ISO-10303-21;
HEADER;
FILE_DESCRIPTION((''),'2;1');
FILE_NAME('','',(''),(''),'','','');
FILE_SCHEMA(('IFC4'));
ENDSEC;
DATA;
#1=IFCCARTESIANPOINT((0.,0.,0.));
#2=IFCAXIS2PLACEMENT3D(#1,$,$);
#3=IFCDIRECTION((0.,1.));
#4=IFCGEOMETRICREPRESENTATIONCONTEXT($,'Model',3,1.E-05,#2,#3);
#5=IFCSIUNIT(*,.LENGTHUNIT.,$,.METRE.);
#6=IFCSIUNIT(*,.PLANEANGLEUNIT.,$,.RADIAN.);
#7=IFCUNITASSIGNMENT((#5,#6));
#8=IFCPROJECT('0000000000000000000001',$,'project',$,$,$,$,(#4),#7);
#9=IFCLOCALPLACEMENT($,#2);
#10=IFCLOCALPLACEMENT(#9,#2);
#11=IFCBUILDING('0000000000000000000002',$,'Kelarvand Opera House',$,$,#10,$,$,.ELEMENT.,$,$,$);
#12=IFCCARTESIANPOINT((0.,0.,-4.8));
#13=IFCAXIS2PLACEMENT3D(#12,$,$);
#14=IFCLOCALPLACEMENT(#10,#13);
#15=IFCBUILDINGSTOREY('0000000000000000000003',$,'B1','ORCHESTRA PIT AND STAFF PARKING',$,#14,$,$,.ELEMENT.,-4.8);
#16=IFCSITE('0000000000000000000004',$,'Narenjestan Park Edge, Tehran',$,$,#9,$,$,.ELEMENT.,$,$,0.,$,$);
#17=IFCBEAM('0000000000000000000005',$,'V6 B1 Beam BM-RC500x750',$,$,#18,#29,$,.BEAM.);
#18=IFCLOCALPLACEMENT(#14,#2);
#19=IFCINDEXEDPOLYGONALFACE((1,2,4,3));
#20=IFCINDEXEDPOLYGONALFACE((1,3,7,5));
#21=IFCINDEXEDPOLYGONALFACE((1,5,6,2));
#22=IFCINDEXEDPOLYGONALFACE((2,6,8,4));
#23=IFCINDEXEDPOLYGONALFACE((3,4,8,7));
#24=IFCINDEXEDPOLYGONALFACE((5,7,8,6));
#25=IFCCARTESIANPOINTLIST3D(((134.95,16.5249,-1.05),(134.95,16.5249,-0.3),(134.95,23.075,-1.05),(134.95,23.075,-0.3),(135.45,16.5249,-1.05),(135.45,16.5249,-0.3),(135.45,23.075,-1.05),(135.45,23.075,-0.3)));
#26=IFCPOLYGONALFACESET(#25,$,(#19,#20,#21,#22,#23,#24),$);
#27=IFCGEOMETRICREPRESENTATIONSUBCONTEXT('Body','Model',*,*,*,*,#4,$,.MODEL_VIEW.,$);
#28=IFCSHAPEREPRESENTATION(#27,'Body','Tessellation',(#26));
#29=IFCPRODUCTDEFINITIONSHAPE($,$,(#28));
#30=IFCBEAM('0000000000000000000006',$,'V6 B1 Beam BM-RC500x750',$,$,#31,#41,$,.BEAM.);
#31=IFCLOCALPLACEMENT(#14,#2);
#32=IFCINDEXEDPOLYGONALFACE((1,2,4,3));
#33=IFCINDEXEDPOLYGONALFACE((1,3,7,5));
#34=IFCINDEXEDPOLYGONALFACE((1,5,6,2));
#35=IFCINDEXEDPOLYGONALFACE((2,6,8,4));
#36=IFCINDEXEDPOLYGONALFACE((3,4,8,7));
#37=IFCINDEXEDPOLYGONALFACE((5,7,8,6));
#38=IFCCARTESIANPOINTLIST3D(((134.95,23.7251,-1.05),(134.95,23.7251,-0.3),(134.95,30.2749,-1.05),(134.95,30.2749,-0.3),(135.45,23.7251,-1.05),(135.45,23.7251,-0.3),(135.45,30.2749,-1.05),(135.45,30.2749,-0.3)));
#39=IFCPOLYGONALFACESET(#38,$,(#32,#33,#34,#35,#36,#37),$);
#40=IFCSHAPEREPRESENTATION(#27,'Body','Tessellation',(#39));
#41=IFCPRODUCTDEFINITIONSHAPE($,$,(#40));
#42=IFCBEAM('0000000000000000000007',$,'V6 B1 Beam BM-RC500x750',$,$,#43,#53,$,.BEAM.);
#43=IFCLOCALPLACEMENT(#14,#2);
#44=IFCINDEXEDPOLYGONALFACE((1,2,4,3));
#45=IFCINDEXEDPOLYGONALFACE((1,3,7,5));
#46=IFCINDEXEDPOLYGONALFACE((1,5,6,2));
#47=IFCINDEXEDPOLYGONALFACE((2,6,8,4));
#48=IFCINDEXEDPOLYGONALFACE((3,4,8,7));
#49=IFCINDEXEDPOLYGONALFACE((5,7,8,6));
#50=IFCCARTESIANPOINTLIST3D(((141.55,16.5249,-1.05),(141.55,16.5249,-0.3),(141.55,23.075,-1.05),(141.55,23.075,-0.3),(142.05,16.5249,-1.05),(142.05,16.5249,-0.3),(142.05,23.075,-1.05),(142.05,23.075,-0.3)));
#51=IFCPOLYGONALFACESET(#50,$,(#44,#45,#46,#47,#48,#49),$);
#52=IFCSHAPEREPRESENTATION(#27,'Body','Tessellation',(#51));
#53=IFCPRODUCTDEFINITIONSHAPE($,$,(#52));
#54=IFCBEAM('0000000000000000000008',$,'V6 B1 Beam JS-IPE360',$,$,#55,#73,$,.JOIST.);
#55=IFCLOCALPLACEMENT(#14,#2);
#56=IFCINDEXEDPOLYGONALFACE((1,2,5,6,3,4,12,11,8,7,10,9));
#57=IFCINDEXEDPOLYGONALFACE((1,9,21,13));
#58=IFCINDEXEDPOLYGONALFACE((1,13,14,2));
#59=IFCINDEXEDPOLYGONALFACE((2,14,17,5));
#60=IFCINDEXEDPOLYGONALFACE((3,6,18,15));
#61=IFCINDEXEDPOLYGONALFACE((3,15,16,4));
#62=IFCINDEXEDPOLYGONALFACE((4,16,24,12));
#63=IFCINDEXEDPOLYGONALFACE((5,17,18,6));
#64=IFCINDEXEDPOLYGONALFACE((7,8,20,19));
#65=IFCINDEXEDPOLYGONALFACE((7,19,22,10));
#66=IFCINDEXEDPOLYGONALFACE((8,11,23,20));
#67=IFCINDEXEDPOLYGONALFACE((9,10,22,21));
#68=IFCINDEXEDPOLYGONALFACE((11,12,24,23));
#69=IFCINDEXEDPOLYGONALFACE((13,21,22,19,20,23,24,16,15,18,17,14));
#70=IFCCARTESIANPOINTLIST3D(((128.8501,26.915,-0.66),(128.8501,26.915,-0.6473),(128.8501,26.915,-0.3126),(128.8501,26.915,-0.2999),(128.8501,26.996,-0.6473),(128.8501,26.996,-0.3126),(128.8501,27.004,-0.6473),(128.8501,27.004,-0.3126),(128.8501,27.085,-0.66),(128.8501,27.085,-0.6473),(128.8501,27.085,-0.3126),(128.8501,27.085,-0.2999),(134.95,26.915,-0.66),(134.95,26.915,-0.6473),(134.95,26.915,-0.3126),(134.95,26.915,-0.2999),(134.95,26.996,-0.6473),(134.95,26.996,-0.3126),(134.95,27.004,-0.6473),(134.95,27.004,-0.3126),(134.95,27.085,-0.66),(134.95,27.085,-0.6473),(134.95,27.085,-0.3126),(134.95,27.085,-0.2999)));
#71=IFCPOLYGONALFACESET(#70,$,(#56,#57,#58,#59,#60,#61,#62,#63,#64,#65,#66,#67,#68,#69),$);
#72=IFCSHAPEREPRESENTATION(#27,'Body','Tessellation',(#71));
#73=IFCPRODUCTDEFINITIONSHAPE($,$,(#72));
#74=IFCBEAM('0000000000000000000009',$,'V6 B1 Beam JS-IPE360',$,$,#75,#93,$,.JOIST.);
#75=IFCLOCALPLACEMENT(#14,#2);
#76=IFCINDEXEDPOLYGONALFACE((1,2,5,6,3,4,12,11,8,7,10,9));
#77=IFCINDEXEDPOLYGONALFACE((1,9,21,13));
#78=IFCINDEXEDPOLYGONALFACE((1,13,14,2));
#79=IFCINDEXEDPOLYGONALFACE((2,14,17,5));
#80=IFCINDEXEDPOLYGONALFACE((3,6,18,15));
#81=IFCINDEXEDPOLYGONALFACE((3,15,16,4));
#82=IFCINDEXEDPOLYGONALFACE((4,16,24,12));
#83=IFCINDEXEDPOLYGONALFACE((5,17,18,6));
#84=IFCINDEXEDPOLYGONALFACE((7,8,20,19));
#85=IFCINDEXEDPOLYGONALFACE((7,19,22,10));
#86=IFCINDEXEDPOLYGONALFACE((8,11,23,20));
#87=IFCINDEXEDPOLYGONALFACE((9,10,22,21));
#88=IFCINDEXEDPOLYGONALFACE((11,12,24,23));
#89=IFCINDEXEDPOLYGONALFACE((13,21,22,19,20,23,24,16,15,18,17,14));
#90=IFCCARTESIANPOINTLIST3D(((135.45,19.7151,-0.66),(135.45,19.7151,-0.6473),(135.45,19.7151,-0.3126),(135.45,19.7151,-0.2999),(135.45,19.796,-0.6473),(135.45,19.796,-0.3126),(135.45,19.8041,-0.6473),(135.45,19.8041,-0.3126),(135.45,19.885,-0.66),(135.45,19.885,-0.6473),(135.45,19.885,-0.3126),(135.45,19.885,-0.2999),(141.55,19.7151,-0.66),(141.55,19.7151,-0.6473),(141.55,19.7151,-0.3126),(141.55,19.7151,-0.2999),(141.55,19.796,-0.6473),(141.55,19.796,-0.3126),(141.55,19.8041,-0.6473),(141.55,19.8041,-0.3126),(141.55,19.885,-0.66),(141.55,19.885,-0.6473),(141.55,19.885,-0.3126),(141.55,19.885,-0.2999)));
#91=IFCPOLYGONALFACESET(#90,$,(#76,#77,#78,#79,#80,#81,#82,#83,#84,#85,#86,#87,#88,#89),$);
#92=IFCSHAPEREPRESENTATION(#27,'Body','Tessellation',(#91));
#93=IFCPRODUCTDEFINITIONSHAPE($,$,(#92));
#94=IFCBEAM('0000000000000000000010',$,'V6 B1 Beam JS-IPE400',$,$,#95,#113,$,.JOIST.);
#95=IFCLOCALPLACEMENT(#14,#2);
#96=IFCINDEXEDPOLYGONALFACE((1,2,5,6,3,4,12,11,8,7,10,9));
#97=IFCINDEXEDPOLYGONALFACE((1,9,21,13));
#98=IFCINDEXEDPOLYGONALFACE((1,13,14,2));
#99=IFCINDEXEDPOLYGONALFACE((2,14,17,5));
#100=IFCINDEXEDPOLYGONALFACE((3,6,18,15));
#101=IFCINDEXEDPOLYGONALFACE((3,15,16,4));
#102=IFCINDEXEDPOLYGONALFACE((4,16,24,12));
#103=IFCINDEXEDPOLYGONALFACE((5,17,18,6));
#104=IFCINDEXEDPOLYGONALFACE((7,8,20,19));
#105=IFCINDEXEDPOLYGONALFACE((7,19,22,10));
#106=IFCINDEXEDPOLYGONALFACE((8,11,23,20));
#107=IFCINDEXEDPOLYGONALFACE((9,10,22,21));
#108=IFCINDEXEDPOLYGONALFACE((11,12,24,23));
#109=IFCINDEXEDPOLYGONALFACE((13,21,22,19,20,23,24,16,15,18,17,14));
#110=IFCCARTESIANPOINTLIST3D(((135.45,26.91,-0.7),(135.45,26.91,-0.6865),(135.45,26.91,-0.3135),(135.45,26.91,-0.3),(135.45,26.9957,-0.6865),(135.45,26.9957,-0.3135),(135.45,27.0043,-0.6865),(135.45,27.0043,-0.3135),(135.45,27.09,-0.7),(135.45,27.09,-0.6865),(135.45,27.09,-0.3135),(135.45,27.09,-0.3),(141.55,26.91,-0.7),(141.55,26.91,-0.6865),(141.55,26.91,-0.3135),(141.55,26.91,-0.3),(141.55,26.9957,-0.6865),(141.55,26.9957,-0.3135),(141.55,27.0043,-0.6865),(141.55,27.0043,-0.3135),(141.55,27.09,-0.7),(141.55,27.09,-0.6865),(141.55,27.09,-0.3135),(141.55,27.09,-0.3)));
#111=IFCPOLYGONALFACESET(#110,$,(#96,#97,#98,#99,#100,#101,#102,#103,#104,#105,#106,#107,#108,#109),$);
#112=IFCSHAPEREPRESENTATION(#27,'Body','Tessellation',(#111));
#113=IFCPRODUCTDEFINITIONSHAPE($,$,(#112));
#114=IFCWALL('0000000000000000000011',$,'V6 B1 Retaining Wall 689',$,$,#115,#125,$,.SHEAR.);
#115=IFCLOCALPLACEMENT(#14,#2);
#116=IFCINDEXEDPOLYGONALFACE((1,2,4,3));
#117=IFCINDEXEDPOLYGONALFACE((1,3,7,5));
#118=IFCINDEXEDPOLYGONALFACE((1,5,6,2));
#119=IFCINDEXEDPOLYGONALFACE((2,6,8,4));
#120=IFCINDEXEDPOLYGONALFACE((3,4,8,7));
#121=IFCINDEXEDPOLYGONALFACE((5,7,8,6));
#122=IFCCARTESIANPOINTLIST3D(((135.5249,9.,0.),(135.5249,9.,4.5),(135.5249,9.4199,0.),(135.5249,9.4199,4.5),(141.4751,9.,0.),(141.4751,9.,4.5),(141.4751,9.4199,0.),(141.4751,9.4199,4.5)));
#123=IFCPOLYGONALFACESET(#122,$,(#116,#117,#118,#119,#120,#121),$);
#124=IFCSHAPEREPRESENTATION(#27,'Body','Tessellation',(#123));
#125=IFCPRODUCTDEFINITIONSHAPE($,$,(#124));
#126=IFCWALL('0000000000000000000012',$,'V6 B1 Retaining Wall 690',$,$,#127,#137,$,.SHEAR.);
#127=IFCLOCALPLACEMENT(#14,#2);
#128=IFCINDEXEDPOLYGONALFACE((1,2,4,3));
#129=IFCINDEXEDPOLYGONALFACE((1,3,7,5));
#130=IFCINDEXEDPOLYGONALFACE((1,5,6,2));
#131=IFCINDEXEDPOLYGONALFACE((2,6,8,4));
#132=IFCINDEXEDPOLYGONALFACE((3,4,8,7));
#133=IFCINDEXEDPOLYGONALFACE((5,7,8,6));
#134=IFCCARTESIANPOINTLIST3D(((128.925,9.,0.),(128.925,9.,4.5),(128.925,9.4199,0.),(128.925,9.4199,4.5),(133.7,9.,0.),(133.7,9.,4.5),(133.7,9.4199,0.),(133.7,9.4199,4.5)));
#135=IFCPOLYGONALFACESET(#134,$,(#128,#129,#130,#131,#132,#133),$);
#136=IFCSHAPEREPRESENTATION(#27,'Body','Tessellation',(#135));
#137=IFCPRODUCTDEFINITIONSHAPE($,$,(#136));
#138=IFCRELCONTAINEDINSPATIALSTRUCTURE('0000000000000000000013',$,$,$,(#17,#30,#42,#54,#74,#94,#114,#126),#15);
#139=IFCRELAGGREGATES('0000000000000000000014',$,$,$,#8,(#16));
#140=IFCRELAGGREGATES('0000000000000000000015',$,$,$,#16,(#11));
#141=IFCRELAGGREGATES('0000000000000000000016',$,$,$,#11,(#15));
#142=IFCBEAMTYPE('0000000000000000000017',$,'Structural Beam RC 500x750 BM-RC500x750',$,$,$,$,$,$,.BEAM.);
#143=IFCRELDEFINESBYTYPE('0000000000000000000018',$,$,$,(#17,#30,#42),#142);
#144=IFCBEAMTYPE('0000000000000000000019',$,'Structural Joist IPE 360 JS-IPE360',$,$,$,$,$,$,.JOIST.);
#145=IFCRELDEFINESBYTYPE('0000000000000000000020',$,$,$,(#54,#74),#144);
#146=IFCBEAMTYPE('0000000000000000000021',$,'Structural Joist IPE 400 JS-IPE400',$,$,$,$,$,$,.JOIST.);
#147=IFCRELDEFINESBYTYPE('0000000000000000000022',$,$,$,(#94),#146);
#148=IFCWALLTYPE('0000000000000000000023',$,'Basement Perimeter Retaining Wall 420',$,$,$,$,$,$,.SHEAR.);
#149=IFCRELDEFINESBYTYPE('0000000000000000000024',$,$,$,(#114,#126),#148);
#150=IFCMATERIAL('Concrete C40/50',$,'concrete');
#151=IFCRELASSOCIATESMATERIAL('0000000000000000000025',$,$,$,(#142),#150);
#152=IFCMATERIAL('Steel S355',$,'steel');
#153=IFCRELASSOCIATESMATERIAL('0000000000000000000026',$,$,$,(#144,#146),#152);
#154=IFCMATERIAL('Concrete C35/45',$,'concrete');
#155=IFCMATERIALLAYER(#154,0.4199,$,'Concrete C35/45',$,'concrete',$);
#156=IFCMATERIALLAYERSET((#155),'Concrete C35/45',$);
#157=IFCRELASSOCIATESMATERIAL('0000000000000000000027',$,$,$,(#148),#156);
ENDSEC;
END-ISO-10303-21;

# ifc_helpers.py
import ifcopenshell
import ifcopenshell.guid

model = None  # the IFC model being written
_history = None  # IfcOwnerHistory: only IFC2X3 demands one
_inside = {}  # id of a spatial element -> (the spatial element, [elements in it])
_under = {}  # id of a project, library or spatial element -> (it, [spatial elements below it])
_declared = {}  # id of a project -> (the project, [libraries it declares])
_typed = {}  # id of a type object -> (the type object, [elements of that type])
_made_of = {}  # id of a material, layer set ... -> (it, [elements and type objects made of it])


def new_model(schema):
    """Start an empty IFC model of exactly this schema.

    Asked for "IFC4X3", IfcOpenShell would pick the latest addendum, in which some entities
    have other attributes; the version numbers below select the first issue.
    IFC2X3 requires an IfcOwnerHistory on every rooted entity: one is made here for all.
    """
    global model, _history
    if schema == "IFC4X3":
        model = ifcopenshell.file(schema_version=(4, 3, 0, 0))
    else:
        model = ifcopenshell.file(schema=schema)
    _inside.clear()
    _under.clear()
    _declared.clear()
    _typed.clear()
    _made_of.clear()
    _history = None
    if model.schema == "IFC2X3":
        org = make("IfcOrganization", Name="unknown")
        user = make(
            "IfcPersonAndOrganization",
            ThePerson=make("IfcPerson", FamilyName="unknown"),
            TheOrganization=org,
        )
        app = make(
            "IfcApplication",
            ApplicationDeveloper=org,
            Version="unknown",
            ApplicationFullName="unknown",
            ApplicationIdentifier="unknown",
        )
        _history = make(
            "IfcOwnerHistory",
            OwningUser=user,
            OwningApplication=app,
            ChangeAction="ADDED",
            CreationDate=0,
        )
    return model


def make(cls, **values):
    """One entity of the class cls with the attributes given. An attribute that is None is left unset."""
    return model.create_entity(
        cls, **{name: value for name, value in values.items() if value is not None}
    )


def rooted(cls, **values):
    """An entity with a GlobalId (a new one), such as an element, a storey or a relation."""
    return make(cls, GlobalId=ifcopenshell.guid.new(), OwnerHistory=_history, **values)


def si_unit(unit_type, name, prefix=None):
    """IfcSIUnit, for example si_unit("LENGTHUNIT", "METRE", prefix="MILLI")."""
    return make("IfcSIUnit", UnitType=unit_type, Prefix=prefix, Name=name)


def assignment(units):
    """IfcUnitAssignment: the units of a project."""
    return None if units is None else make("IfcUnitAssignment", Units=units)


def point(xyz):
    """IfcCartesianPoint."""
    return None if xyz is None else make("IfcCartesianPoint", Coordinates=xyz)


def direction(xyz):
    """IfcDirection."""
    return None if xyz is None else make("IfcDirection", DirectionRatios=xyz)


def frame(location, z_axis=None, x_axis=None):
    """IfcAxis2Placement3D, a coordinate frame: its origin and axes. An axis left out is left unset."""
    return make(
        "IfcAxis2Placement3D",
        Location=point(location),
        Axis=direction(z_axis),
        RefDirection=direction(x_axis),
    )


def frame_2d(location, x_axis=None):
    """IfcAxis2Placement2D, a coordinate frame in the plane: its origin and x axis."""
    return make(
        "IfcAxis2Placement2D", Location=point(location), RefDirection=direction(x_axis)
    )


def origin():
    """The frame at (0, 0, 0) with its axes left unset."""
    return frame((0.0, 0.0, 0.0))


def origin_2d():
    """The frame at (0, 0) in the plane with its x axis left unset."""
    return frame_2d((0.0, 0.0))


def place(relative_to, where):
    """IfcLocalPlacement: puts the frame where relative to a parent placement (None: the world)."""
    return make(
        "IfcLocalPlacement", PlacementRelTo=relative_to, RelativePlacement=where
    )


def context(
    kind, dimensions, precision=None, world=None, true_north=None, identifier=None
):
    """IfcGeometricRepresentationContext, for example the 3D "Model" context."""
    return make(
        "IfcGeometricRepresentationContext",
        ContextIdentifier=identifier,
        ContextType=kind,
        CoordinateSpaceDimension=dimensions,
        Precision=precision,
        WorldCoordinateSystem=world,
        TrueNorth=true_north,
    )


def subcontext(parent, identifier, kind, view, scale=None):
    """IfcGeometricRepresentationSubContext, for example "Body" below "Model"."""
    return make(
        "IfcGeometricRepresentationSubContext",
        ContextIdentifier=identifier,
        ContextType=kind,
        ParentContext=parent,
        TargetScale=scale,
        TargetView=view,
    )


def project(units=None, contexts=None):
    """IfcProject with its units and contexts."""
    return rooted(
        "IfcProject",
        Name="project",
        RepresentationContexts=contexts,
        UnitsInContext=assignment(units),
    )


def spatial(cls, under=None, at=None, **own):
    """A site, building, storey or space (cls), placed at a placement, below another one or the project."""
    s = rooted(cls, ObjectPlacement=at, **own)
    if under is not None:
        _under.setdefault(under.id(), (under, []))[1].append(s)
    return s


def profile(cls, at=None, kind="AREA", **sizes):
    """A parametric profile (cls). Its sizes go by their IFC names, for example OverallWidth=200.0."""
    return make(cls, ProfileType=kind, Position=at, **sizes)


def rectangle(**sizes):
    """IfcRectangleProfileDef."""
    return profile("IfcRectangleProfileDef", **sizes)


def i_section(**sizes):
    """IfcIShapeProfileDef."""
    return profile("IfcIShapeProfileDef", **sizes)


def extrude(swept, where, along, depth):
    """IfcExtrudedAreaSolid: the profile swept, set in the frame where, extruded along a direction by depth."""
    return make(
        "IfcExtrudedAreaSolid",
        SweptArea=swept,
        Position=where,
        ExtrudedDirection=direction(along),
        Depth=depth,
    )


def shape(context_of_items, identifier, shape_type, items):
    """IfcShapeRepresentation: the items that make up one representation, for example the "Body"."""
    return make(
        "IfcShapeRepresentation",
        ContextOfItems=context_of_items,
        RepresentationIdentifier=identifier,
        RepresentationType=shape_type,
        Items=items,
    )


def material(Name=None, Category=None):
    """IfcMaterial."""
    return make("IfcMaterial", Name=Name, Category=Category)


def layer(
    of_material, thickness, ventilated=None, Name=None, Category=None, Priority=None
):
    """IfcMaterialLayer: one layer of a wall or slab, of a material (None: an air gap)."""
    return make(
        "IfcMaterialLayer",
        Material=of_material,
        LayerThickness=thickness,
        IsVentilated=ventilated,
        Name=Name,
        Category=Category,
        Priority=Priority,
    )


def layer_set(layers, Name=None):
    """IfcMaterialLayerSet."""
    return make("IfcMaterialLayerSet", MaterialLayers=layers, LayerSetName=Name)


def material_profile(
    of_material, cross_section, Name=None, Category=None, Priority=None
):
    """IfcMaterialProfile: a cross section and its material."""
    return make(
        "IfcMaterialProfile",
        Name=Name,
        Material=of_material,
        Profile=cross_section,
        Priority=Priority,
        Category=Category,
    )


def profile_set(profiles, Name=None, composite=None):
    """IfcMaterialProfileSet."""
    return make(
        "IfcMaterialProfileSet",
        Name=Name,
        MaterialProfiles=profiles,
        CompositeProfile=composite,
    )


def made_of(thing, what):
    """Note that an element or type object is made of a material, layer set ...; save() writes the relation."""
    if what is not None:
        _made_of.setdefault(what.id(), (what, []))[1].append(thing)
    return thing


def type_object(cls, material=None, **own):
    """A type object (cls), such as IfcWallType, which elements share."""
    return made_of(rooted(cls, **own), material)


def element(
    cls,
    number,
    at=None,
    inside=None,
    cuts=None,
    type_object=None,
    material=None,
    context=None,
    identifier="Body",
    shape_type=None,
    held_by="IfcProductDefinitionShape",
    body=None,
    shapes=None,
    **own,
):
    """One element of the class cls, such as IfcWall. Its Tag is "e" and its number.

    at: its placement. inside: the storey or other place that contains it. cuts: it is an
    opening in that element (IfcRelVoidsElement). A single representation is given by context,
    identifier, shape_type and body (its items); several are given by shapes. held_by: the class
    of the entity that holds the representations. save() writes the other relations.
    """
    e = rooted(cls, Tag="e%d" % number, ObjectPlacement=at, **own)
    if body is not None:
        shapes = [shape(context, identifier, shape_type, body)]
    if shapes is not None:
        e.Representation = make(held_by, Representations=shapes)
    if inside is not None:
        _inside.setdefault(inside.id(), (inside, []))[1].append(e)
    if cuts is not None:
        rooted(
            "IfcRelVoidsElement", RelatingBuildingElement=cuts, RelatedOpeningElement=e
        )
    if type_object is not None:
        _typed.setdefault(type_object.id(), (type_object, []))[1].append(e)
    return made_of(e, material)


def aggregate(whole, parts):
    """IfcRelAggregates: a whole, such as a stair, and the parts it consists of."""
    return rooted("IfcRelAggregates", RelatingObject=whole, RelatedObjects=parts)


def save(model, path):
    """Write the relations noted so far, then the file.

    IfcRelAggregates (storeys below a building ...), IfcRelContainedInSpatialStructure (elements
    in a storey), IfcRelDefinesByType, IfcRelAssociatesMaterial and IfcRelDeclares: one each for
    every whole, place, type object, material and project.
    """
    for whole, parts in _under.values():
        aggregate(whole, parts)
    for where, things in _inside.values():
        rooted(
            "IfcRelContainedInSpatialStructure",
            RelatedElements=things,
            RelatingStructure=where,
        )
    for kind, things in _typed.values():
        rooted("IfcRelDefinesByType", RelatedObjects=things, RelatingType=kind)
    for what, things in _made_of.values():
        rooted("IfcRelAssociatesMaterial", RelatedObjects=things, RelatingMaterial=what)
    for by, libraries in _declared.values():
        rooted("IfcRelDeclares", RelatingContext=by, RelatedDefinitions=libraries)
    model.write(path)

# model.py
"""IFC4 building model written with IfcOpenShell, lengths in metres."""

from ifc_helpers import new_model, si_unit, direction, frame, frame_2d, origin, origin_2d, place, context, subcontext, project, spatial, rectangle, i_section, extrude, material, layer, layer_set, material_profile, profile_set, type_object, element, save


model = new_model("IFC4")

# Units and contexts
model_context = context("Model", 3, precision=1e-05, world=origin(), true_north=direction((0.0, 1.0)))
body_context = subcontext(model_context, "Body", "Model", "MODEL_VIEW")
ifc_project = project(units=[si_unit("LENGTHUNIT", "METRE"), si_unit("PLANEANGLEUNIT", "RADIAN")], contexts=[model_context])

# Site, building, storey
site_placement = place(None, origin())
site = spatial("IfcSite", under=ifc_project, at=site_placement, Name="Narenjestan Park Edge, Tehran", CompositionType="ELEMENT", RefElevation=0.0)
building_placement = place(site_placement, origin())
building = spatial("IfcBuilding", under=site, at=building_placement, Name="Kelarvand Opera House", CompositionType="ELEMENT")
storey_placement = place(building_placement, frame((0.0, 0.0, -4.8)))
storey = spatial("IfcBuildingStorey", under=building, at=storey_placement, Name="B1", Description="ORCHESTRA PIT AND STAFF PARKING", CompositionType="ELEMENT", Elevation=-4.8)

# Shared definitions
ifc_material_1 = material(Name="Concrete C40/50", Category="concrete")

# Beams
ifc_material_2 = material(Name="Concrete C35/45", Category="concrete")
ifc_material_profile_1 = material_profile(ifc_material_1, rectangle(XDim=0.5, YDim=0.75, at=origin_2d()), Name="RC 500x750", Category="concrete")
ifc_profile_set_1 = profile_set([ifc_material_profile_1], Name="Concrete C40/50")
beam_type_1 = type_object("IfcBeamType", Name="Structural Beam RC 500x750 BM-RC500x750", PredefinedType="BEAM", material=ifc_profile_set_1)
beam_1_placement = place(storey_placement, frame((135.2, 16.5249, -0.675), z_axis=(0.0, 1.0, 0.0), x_axis=(-1.0, 0.0, 0.0)))
element("IfcBeam", 1, at=beam_1_placement, inside=storey, type_object=beam_type_1, Name="V6 B1 Beam BM-RC500x750", PredefinedType="BEAM", context=body_context, shape_type="SweptSolid", body=[
    extrude(rectangle(XDim=0.5, YDim=0.75, at=origin_2d()), origin(), (0.0, 0.0, 1.0), 6.55),
])
beam_2_placement = place(storey_placement, frame((135.2, 23.7251, -0.675), z_axis=(0.0, 1.0, 0.0), x_axis=(-1.0, 0.0, 0.0)))
element("IfcBeam", 2, at=beam_2_placement, inside=storey, type_object=beam_type_1, Name="V6 B1 Beam BM-RC500x750", PredefinedType="BEAM", context=body_context, shape_type="SweptSolid", body=[
    extrude(rectangle(XDim=0.5, YDim=0.75, at=origin_2d()), origin(), (0.0, 0.0, 1.0), 6.5498),
])
beam_3_placement = place(storey_placement, frame((141.8, 16.5249, -0.675), z_axis=(0.0, 1.0, 0.0), x_axis=(-1.0, 0.0, 0.0)))
element("IfcBeam", 3, at=beam_3_placement, inside=storey, type_object=beam_type_1, Name="V6 B1 Beam BM-RC500x750", PredefinedType="BEAM", context=body_context, shape_type="SweptSolid", body=[
    extrude(rectangle(XDim=0.5, YDim=0.75, at=origin_2d()), origin(), (0.0, 0.0, 1.0), 6.55),
])
ifc_material_3 = material(Name="Steel S355", Category="steel")
ifc_material_profile_2 = material_profile(ifc_material_3, i_section(OverallWidth=0.1699, OverallDepth=0.3601, WebThickness=0.0081, FlangeThickness=0.0127, at=origin_2d()), Name="IPE 360", Category="steel")
ifc_profile_set_2 = profile_set([ifc_material_profile_2], Name="Steel S355")
beam_type_2 = type_object("IfcBeamType", Name="Structural Joist IPE 360 JS-IPE360", PredefinedType="JOIST", material=ifc_profile_set_2)
beam_4_placement = place(storey_placement, frame((128.8501, 27.0, -0.48), z_axis=(1.0, 0.0, 0.0), x_axis=(0.0, 1.0, 0.0)))
element("IfcBeam", 4, at=beam_4_placement, inside=storey, type_object=beam_type_2, Name="V6 B1 Beam JS-IPE360", PredefinedType="JOIST", context=body_context, shape_type="SweptSolid", body=[
    extrude(i_section(OverallWidth=0.1699, OverallDepth=0.3601, WebThickness=0.0081, FlangeThickness=0.0127, at=origin_2d()), origin(), (0.0, 0.0, 1.0), 6.0999),
])
beam_5_placement = place(storey_placement, frame((135.45, 19.8, -0.48), z_axis=(1.0, 0.0, 0.0), x_axis=(0.0, 1.0, 0.0)))
element("IfcBeam", 5, at=beam_5_placement, inside=storey, type_object=beam_type_2, Name="V6 B1 Beam JS-IPE360", PredefinedType="JOIST", context=body_context, shape_type="SweptSolid", body=[
    extrude(i_section(OverallWidth=0.1699, OverallDepth=0.3601, WebThickness=0.0081, FlangeThickness=0.0127, at=origin_2d()), origin(), (0.0, 0.0, 1.0), 6.1001),
])
ifc_material_profile_3 = material_profile(ifc_material_3, i_section(OverallWidth=0.1799, OverallDepth=0.3999, WebThickness=0.0085, FlangeThickness=0.0134, at=origin_2d()), Name="IPE 400", Category="steel")
ifc_profile_set_3 = profile_set([ifc_material_profile_3], Name="Steel S355")
beam_type_3 = type_object("IfcBeamType", Name="Structural Joist IPE 400 JS-IPE400", PredefinedType="JOIST", material=ifc_profile_set_3)
beam_6_placement = place(storey_placement, frame((135.45, 27.0, -0.5), z_axis=(1.0, 0.0, 0.0), x_axis=(0.0, 1.0, 0.0)))
element("IfcBeam", 6, at=beam_6_placement, inside=storey, type_object=beam_type_3, Name="V6 B1 Beam JS-IPE400", PredefinedType="JOIST", context=body_context, shape_type="SweptSolid", body=[
    extrude(i_section(OverallWidth=0.1799, OverallDepth=0.3999, WebThickness=0.0085, FlangeThickness=0.0134, at=origin_2d()), origin(), (0.0, 0.0, 1.0), 6.1001),
])

# Walls
ifc_layer = layer(ifc_material_2, 0.4199, Name="Concrete C35/45", Category="concrete")
ifc_layer_set = layer_set([ifc_layer], Name="Concrete C35/45")
wall_type = type_object("IfcWallType", Name="Basement Perimeter Retaining Wall 420", PredefinedType="SHEAR", material=ifc_layer_set)
wall_1_placement = place(storey_placement, frame((141.4751, 9.21, 0.0), z_axis=(0.0, 0.0, 1.0), x_axis=(-1.0, 0.0, 0.0)))
element("IfcWall", 7, at=wall_1_placement, inside=storey, type_object=wall_type, Name="V6 B1 Retaining Wall 689", PredefinedType="SHEAR", context=body_context, shape_type="SweptSolid", body=[
    extrude(rectangle(XDim=5.9502, YDim=0.4199, at=frame_2d((2.9751, 0.0))), origin(), (0.0, 0.0, 1.0), 4.5),
])
wall_2_placement = place(storey_placement, frame((133.7, 9.21, 0.0), z_axis=(0.0, 0.0, 1.0), x_axis=(-1.0, 0.0, 0.0)))
element("IfcWall", 8, at=wall_2_placement, inside=storey, type_object=wall_type, Name="V6 B1 Retaining Wall 690", PredefinedType="SHEAR", context=body_context, shape_type="SweptSolid", body=[
    extrude(rectangle(XDim=4.7749, YDim=0.4199, at=frame_2d((2.3875, 0.0))), origin(), (0.0, 0.0, 1.0), 4.5),
])

save(model, "model.ifc")
